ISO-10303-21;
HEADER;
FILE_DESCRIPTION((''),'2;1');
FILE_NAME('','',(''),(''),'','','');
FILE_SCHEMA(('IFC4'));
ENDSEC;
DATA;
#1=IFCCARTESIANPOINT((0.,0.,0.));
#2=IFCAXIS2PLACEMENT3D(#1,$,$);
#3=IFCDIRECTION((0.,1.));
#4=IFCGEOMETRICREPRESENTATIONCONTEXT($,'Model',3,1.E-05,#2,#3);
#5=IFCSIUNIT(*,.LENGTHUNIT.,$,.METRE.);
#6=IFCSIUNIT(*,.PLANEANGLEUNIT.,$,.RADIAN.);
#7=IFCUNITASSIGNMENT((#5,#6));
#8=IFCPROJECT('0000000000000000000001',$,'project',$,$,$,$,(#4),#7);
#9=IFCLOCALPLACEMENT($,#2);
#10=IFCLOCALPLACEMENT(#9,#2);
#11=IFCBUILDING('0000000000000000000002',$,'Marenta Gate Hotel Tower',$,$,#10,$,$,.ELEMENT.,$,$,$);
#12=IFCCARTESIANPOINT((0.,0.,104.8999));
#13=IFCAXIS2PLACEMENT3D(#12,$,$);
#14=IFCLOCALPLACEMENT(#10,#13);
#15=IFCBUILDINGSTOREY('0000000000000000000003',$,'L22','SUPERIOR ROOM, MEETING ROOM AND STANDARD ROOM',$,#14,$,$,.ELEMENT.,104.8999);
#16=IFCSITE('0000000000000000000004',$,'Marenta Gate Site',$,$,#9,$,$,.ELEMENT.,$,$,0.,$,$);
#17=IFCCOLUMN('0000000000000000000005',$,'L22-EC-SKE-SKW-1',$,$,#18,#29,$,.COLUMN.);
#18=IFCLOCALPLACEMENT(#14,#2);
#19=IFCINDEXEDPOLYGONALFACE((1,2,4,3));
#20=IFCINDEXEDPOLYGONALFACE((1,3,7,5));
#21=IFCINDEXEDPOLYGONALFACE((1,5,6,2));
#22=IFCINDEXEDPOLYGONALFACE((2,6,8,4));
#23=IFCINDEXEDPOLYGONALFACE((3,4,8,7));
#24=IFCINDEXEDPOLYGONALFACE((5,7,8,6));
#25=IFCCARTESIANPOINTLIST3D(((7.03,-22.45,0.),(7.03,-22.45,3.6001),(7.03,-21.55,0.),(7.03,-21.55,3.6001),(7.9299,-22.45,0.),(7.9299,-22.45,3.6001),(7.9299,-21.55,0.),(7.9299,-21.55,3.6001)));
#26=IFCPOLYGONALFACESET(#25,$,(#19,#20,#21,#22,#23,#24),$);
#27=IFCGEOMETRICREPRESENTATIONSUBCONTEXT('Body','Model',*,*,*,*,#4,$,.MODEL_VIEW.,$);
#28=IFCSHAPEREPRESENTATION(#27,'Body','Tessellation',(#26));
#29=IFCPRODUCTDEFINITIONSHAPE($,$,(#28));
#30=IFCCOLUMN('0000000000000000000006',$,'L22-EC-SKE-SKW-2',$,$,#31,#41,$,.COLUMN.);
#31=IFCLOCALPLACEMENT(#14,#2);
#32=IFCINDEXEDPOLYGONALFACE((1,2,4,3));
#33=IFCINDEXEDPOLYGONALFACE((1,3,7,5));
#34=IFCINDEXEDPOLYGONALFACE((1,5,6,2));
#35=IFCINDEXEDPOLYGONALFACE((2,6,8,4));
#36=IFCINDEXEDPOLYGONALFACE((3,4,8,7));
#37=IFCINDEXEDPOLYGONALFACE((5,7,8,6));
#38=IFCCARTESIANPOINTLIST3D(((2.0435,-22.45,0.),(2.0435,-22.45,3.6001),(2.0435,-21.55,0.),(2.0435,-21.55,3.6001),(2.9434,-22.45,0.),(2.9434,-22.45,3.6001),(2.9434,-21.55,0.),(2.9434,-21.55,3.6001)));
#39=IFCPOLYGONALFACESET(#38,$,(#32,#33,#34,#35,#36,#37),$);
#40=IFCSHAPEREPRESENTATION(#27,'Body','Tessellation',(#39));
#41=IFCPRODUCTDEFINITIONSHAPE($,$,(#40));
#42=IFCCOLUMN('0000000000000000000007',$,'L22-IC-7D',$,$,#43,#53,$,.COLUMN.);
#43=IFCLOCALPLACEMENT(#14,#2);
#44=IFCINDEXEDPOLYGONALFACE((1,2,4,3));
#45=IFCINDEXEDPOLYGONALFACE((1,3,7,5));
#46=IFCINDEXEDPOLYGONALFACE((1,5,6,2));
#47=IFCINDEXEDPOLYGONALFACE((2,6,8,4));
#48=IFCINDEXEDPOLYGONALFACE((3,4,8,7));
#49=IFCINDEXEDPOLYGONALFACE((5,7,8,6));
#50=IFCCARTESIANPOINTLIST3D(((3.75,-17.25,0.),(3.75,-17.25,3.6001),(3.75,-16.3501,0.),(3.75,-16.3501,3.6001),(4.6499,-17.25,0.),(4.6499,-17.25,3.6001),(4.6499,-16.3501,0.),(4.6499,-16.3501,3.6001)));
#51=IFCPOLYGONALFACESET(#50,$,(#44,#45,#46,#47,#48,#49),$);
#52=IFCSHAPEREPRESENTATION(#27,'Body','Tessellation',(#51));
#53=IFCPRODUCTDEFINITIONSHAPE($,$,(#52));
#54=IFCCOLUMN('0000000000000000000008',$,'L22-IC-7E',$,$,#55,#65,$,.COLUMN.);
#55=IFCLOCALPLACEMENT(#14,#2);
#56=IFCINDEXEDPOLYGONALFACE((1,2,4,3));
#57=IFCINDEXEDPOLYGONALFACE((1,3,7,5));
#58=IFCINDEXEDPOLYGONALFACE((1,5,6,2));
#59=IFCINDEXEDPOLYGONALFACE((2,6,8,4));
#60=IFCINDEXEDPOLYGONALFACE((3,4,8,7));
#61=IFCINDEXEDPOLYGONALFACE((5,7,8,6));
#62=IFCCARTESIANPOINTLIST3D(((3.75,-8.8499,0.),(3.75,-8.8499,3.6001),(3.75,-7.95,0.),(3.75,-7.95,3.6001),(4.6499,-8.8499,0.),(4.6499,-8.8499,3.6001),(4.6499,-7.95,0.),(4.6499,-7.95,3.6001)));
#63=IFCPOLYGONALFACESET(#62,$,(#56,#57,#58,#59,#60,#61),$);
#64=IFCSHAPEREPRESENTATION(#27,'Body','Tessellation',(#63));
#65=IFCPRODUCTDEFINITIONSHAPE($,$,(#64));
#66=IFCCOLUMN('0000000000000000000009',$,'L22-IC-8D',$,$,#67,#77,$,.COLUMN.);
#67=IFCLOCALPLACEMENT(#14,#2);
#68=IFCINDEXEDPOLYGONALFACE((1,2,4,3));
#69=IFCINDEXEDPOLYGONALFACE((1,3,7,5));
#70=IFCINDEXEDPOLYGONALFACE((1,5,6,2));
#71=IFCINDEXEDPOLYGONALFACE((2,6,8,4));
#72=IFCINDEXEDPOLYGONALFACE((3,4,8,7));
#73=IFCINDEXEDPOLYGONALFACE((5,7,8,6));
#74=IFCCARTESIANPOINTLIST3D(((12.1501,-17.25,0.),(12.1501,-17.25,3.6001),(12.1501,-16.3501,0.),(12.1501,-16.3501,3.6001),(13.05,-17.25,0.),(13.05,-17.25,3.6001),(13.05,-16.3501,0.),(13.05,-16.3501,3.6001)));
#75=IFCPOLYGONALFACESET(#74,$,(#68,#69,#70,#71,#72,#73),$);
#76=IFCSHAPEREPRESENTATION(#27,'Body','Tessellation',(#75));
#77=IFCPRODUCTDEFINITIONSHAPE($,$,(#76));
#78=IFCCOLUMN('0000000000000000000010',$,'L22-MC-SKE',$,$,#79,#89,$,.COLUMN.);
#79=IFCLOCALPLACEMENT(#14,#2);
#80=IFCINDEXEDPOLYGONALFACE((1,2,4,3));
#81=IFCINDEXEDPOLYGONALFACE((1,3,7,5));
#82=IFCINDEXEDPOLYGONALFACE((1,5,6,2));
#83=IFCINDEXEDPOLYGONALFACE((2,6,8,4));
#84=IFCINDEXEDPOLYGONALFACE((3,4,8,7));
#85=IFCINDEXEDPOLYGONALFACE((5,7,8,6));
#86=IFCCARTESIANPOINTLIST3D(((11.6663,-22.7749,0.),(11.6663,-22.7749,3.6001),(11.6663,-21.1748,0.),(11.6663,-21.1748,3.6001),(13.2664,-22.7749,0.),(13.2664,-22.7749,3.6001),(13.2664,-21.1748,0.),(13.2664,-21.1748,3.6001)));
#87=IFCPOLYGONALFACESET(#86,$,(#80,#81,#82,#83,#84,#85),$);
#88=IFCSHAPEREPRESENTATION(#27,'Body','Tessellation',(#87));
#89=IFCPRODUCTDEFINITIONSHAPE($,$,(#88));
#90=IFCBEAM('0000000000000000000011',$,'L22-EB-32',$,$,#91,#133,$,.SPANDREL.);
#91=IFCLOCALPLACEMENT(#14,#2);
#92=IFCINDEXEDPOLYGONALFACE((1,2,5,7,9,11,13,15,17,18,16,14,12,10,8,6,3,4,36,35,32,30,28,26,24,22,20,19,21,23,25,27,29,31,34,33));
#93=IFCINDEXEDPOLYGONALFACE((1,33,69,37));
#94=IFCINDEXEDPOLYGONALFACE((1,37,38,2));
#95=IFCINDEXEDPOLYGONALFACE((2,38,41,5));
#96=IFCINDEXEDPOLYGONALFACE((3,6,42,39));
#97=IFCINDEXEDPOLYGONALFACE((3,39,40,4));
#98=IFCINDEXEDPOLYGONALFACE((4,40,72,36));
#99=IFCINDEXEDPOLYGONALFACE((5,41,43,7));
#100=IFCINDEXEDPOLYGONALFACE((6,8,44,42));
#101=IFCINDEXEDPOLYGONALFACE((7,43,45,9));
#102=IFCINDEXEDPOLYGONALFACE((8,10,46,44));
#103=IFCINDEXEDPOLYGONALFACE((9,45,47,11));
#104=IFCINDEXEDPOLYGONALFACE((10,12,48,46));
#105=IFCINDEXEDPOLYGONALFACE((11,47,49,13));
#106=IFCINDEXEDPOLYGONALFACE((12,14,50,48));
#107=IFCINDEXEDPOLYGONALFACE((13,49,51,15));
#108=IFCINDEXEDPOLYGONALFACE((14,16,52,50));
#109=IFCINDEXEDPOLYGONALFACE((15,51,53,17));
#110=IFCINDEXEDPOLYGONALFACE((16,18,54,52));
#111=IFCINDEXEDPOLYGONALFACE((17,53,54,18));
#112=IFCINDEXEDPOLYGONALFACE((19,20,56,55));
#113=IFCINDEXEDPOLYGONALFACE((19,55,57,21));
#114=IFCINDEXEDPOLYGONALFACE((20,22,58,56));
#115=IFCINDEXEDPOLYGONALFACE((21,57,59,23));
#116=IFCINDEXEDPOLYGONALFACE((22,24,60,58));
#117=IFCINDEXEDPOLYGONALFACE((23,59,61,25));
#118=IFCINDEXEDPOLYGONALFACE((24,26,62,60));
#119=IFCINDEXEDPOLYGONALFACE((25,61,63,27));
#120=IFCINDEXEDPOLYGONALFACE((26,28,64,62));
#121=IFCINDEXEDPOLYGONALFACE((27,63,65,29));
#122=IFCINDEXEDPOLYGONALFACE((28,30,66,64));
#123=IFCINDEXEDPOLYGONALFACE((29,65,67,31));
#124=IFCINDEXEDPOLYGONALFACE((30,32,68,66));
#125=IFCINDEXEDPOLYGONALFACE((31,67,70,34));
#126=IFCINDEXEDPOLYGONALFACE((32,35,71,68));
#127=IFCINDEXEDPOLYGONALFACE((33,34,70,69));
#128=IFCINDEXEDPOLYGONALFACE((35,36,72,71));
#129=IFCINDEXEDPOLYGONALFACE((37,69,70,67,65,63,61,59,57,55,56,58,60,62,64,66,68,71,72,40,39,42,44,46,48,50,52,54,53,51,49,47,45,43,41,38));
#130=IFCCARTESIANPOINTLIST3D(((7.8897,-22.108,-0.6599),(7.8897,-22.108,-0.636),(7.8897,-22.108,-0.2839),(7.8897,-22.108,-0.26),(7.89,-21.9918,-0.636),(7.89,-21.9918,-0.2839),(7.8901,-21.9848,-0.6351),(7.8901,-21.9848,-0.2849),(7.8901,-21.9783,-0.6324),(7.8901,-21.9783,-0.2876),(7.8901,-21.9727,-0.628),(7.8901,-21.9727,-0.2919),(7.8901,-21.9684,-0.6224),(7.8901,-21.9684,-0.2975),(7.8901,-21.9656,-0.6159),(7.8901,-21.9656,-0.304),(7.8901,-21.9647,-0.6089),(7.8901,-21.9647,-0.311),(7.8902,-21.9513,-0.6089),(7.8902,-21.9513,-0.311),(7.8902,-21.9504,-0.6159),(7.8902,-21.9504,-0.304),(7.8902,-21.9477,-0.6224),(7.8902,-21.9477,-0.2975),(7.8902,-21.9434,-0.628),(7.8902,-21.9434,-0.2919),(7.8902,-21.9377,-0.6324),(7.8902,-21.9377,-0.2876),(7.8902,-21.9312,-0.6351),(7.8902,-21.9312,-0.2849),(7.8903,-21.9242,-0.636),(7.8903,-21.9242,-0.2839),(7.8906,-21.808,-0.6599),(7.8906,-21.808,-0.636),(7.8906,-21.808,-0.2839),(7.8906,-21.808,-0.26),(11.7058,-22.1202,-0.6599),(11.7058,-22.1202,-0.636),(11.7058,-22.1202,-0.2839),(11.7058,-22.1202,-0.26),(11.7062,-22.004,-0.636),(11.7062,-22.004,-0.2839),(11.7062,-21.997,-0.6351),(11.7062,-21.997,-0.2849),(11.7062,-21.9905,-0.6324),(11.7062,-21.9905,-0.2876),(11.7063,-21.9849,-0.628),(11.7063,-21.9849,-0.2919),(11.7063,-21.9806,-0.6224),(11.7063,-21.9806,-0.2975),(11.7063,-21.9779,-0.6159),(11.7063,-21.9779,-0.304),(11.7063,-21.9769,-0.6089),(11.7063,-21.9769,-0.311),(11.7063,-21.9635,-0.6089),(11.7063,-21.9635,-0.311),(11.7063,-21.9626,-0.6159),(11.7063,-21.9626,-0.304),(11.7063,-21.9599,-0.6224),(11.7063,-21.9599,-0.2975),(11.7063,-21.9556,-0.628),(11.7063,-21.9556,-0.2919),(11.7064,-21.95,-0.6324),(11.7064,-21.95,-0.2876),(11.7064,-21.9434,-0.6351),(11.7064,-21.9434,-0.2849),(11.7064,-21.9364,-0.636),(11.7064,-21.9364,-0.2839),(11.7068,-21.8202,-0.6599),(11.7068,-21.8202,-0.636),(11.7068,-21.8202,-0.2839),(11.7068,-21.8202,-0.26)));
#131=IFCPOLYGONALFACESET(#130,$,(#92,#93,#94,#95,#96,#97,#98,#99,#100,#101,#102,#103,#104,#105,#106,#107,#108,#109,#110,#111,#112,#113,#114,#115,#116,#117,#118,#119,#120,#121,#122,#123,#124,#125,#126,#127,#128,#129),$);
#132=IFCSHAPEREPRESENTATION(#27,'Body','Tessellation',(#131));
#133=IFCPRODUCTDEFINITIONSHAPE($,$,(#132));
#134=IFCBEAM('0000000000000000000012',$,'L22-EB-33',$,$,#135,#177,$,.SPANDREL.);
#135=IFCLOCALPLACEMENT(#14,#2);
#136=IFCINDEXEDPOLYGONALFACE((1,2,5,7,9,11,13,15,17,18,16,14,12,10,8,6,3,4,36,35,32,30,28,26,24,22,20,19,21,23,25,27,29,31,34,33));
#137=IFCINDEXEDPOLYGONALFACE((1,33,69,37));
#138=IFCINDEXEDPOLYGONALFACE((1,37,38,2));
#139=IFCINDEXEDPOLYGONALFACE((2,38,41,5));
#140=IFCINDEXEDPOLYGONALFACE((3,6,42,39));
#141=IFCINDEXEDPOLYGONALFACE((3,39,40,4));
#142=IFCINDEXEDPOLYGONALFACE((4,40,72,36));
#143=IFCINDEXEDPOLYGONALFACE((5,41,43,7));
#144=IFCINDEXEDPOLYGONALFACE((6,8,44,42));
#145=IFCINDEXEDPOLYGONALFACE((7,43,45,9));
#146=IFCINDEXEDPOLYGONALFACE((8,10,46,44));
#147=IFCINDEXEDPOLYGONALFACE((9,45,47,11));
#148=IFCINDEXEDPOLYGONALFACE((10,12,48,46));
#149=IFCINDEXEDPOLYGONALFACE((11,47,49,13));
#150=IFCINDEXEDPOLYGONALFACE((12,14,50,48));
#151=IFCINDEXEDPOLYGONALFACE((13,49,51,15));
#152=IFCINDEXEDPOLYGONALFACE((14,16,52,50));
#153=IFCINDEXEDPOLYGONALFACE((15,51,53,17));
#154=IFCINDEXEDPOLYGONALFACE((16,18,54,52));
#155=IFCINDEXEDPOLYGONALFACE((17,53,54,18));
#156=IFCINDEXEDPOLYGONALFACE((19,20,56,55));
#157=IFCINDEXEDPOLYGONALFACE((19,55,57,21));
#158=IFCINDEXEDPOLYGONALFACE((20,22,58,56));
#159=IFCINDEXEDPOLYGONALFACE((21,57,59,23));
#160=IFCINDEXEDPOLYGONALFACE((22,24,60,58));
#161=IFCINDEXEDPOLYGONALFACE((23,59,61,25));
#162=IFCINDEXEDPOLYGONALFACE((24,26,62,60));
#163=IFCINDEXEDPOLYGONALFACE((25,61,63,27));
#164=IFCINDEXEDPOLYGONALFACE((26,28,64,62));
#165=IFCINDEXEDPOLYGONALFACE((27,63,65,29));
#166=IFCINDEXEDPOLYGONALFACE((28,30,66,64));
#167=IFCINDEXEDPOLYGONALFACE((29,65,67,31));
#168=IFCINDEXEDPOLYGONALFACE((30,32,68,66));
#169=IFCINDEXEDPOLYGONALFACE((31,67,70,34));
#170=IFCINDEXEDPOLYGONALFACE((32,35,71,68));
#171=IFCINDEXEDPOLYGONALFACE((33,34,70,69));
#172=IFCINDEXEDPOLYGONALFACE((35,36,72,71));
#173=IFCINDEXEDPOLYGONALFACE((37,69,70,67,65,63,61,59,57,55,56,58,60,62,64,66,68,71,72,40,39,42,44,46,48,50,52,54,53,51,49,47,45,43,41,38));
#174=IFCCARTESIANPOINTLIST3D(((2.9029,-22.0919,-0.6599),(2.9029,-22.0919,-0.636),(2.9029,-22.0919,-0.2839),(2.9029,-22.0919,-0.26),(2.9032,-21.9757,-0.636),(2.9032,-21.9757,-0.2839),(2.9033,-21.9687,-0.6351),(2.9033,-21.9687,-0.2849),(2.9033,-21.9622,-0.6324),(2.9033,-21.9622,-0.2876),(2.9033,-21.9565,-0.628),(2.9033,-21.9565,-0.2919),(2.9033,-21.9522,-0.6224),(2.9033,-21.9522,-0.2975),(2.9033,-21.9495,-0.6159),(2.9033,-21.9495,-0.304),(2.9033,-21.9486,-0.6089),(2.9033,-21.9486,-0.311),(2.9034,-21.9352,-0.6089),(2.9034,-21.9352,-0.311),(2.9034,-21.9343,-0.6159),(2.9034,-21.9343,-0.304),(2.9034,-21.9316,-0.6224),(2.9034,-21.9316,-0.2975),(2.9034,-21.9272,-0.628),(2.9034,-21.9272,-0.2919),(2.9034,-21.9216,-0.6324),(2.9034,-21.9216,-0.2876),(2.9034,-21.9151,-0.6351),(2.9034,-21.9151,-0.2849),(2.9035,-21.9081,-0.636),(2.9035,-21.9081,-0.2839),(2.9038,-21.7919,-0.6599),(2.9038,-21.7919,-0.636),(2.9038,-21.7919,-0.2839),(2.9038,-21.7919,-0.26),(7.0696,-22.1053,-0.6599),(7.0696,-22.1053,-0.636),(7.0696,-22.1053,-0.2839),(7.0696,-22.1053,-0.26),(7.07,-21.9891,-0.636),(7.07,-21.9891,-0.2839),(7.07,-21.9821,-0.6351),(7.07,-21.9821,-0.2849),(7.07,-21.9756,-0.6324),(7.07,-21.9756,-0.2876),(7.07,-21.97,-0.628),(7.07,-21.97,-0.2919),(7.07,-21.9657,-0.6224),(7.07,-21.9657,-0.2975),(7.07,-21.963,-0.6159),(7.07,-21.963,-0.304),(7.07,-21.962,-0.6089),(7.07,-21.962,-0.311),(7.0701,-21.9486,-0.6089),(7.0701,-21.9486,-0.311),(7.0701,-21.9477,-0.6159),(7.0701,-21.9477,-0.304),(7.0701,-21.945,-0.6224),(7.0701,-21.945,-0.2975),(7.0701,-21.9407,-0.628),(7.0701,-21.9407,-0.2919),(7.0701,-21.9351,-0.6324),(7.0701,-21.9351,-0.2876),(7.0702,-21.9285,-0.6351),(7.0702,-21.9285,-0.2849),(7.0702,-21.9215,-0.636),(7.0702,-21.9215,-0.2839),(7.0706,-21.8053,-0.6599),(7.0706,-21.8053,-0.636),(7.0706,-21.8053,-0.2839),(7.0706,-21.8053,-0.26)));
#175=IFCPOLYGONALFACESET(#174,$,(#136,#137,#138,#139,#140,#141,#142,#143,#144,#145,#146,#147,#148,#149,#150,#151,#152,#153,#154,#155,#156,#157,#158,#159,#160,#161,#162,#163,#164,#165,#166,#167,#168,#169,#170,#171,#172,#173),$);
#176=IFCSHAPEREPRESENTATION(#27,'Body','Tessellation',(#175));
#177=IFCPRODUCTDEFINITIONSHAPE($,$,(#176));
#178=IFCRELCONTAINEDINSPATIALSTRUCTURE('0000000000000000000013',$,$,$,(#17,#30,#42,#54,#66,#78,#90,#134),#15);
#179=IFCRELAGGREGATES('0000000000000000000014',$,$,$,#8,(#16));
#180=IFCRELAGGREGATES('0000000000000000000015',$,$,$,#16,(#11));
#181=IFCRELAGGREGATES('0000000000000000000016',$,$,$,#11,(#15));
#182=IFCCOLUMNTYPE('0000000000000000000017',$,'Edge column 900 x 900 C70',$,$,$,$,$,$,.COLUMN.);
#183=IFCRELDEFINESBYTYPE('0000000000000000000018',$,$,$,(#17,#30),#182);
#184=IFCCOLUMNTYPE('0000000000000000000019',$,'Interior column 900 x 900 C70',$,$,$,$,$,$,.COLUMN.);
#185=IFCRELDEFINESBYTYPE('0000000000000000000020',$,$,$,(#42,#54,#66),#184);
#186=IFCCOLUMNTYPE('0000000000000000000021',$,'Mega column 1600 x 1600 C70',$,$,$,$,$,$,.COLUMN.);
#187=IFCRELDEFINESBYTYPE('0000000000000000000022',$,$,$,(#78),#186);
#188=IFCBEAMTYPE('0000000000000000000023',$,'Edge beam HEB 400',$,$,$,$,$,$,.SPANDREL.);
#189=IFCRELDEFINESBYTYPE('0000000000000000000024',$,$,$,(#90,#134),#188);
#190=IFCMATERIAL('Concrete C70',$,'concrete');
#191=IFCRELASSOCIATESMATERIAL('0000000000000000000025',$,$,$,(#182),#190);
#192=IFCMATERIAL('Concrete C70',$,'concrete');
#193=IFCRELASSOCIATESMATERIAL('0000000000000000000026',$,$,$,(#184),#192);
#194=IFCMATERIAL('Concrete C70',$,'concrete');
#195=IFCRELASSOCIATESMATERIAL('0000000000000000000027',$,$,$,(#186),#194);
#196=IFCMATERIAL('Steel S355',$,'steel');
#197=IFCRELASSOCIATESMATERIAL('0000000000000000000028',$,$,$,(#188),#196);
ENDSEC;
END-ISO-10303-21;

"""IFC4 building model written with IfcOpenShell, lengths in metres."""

from ifc_helpers import new_model, si_unit, direction, frame, origin, origin_2d, place, context, subcontext, project, spatial, rectangle, i_section, extrude, material, material_profile, profile_set, type_object, element, save


model = new_model("IFC4")

# Units and contexts
model_context = context("Model", 3, precision=1e-05, world=origin(), true_north=direction((0.0, 1.0)))
body_context = subcontext(model_context, "Body", "Model", "MODEL_VIEW")
ifc_project = project(units=[si_unit("LENGTHUNIT", "METRE"), si_unit("PLANEANGLEUNIT", "RADIAN")], contexts=[model_context])

# Site, building, storey
site_placement = place(None, origin())
site = spatial("IfcSite", under=ifc_project, at=site_placement, Name="Marenta Gate Site", CompositionType="ELEMENT", RefElevation=0.0)
building_placement = place(site_placement, origin())
building = spatial("IfcBuilding", under=site, at=building_placement, Name="Marenta Gate Hotel Tower", CompositionType="ELEMENT")
storey_placement = place(building_placement, frame((0.0, 0.0, 104.8999)))
storey = spatial("IfcBuildingStorey", under=building, at=storey_placement, Name="L22", Description="SUPERIOR ROOM, MEETING ROOM AND STANDARD ROOM", CompositionType="ELEMENT", Elevation=104.8999)

# Columns
ifc_material_1 = material(Name="Concrete C70", Category="concrete")
ifc_material_profile_1 = material_profile(ifc_material_1, rectangle(XDim=0.8999, YDim=0.8999, at=origin_2d()), Name="900 x 900")
ifc_profile_set_1 = profile_set([ifc_material_profile_1], Name="Concrete C70")
column_type_1 = type_object("IfcColumnType", Name="Edge column 900 x 900 C70", PredefinedType="COLUMN", material=ifc_profile_set_1)
for number, where, z_axis, x_axis, name in (
    (1, (7.48, -22.0, 0.0), (0.0, 0.0, 1.0), (1.0, 0.0, 0.0), "L22-EC-SKE-SKW-1"),
    (2, (2.4934, -22.0, 0.0), (0.0, 0.0, 1.0), (1.0, 0.0, 0.0), "L22-EC-SKE-SKW-2"),
):
    element("IfcColumn", number, at=place(storey_placement, frame(where, z_axis=z_axis, x_axis=x_axis)), inside=storey, type_object=column_type_1, Name=name, PredefinedType="COLUMN", context=body_context, shape_type="SweptSolid", body=[
        extrude(rectangle(XDim=0.8999, YDim=0.8999, at=origin_2d()), origin(), (0.0, 0.0, 1.0), 3.6001),
    ])
ifc_material_2 = material(Name="Concrete C70", Category="concrete")
ifc_material_profile_2 = material_profile(ifc_material_2, rectangle(XDim=0.8999, YDim=0.8999, at=origin_2d()), Name="900 x 900")
ifc_profile_set_2 = profile_set([ifc_material_profile_2], Name="Concrete C70")
column_type_2 = type_object("IfcColumnType", Name="Interior column 900 x 900 C70", PredefinedType="COLUMN", material=ifc_profile_set_2)
for number, where, z_axis, x_axis, name in (
    (3, (4.2, -16.8, 0.0), (0.0, 0.0, 1.0), (1.0, 0.0, 0.0), "L22-IC-7D"),
    (4, (4.2, -8.3999, 0.0), (0.0, 0.0, 1.0), (1.0, 0.0, 0.0), "L22-IC-7E"),
    (5, (12.6001, -16.8, 0.0), (0.0, 0.0, 1.0), (1.0, 0.0, 0.0), "L22-IC-8D"),
):
    element("IfcColumn", number, at=place(storey_placement, frame(where, z_axis=z_axis, x_axis=x_axis)), inside=storey, type_object=column_type_2, Name=name, PredefinedType="COLUMN", context=body_context, shape_type="SweptSolid", body=[
        extrude(rectangle(XDim=0.8999, YDim=0.8999, at=origin_2d()), origin(), (0.0, 0.0, 1.0), 3.6001),
    ])
ifc_material_3 = material(Name="Concrete C70", Category="concrete")
ifc_material_profile_3 = material_profile(ifc_material_3, rectangle(XDim=1.6001, YDim=1.6001, at=origin_2d()), Name="1600 x 1600")
ifc_profile_set_3 = profile_set([ifc_material_profile_3], Name="Concrete C70")
column_type_3 = type_object("IfcColumnType", Name="Mega column 1600 x 1600 C70", PredefinedType="COLUMN", material=ifc_profile_set_3)
column_placement = place(storey_placement, frame((12.4663, -21.9749, 0.0), z_axis=(0.0, 0.0, 1.0), x_axis=(1.0, 0.0, 0.0)))
element("IfcColumn", 6, at=column_placement, inside=storey, type_object=column_type_3, Name="L22-MC-SKE", PredefinedType="COLUMN", context=body_context, shape_type="SweptSolid", body=[
    extrude(rectangle(XDim=1.6001, YDim=1.6001, at=origin_2d()), origin(), (0.0, 0.0, 1.0), 3.6001),
])

# Beams
ifc_material_4 = material(Name="Steel S355", Category="steel")
ifc_material_profile_4 = material_profile(ifc_material_4, i_section(OverallWidth=0.3, OverallDepth=0.3999, WebThickness=0.0134, FlangeThickness=0.0239, FilletRadius=0.0271, at=origin_2d()), Name="HEB 400")
ifc_profile_set_4 = profile_set([ifc_material_profile_4], Name="Steel S355")
beam_type_1 = type_object("IfcBeamType", Name="Edge beam HEB 400", PredefinedType="SPANDREL", material=ifc_profile_set_4)
beam_1_placement = place(storey_placement, frame((11.7063, -21.9702, -0.46), z_axis=(-0.999995, 0.003199, 0.0), x_axis=(-0.003199, -0.999995, 0.0)))
element("IfcBeam", 7, at=beam_1_placement, inside=storey, type_object=beam_type_1, Name="L22-EB-32", PredefinedType="SPANDREL", context=body_context, shape_type="SweptSolid", body=[
    extrude(i_section(OverallWidth=0.3, OverallDepth=0.3999, WebThickness=0.0134, FlangeThickness=0.0239, FilletRadius=0.0271, at=origin_2d()), origin(), (0.0, 0.0, 1.0), 3.8162),
])
beam_2_placement = place(storey_placement, frame((7.0701, -21.9553, -0.46), z_axis=(-0.999995, 0.003223, 0.0), x_axis=(-0.003223, -0.999995, 0.0)))
element("IfcBeam", 8, at=beam_2_placement, inside=storey, type_object=beam_type_1, Name="L22-EB-33", PredefinedType="SPANDREL", context=body_context, shape_type="SweptSolid", body=[
    extrude(i_section(OverallWidth=0.3, OverallDepth=0.3999, WebThickness=0.0134, FlangeThickness=0.0239, FilletRadius=0.0271, at=origin_2d()), origin(), (0.0, 0.0, 1.0), 4.1667),
])

save(model, "model.ifc")
